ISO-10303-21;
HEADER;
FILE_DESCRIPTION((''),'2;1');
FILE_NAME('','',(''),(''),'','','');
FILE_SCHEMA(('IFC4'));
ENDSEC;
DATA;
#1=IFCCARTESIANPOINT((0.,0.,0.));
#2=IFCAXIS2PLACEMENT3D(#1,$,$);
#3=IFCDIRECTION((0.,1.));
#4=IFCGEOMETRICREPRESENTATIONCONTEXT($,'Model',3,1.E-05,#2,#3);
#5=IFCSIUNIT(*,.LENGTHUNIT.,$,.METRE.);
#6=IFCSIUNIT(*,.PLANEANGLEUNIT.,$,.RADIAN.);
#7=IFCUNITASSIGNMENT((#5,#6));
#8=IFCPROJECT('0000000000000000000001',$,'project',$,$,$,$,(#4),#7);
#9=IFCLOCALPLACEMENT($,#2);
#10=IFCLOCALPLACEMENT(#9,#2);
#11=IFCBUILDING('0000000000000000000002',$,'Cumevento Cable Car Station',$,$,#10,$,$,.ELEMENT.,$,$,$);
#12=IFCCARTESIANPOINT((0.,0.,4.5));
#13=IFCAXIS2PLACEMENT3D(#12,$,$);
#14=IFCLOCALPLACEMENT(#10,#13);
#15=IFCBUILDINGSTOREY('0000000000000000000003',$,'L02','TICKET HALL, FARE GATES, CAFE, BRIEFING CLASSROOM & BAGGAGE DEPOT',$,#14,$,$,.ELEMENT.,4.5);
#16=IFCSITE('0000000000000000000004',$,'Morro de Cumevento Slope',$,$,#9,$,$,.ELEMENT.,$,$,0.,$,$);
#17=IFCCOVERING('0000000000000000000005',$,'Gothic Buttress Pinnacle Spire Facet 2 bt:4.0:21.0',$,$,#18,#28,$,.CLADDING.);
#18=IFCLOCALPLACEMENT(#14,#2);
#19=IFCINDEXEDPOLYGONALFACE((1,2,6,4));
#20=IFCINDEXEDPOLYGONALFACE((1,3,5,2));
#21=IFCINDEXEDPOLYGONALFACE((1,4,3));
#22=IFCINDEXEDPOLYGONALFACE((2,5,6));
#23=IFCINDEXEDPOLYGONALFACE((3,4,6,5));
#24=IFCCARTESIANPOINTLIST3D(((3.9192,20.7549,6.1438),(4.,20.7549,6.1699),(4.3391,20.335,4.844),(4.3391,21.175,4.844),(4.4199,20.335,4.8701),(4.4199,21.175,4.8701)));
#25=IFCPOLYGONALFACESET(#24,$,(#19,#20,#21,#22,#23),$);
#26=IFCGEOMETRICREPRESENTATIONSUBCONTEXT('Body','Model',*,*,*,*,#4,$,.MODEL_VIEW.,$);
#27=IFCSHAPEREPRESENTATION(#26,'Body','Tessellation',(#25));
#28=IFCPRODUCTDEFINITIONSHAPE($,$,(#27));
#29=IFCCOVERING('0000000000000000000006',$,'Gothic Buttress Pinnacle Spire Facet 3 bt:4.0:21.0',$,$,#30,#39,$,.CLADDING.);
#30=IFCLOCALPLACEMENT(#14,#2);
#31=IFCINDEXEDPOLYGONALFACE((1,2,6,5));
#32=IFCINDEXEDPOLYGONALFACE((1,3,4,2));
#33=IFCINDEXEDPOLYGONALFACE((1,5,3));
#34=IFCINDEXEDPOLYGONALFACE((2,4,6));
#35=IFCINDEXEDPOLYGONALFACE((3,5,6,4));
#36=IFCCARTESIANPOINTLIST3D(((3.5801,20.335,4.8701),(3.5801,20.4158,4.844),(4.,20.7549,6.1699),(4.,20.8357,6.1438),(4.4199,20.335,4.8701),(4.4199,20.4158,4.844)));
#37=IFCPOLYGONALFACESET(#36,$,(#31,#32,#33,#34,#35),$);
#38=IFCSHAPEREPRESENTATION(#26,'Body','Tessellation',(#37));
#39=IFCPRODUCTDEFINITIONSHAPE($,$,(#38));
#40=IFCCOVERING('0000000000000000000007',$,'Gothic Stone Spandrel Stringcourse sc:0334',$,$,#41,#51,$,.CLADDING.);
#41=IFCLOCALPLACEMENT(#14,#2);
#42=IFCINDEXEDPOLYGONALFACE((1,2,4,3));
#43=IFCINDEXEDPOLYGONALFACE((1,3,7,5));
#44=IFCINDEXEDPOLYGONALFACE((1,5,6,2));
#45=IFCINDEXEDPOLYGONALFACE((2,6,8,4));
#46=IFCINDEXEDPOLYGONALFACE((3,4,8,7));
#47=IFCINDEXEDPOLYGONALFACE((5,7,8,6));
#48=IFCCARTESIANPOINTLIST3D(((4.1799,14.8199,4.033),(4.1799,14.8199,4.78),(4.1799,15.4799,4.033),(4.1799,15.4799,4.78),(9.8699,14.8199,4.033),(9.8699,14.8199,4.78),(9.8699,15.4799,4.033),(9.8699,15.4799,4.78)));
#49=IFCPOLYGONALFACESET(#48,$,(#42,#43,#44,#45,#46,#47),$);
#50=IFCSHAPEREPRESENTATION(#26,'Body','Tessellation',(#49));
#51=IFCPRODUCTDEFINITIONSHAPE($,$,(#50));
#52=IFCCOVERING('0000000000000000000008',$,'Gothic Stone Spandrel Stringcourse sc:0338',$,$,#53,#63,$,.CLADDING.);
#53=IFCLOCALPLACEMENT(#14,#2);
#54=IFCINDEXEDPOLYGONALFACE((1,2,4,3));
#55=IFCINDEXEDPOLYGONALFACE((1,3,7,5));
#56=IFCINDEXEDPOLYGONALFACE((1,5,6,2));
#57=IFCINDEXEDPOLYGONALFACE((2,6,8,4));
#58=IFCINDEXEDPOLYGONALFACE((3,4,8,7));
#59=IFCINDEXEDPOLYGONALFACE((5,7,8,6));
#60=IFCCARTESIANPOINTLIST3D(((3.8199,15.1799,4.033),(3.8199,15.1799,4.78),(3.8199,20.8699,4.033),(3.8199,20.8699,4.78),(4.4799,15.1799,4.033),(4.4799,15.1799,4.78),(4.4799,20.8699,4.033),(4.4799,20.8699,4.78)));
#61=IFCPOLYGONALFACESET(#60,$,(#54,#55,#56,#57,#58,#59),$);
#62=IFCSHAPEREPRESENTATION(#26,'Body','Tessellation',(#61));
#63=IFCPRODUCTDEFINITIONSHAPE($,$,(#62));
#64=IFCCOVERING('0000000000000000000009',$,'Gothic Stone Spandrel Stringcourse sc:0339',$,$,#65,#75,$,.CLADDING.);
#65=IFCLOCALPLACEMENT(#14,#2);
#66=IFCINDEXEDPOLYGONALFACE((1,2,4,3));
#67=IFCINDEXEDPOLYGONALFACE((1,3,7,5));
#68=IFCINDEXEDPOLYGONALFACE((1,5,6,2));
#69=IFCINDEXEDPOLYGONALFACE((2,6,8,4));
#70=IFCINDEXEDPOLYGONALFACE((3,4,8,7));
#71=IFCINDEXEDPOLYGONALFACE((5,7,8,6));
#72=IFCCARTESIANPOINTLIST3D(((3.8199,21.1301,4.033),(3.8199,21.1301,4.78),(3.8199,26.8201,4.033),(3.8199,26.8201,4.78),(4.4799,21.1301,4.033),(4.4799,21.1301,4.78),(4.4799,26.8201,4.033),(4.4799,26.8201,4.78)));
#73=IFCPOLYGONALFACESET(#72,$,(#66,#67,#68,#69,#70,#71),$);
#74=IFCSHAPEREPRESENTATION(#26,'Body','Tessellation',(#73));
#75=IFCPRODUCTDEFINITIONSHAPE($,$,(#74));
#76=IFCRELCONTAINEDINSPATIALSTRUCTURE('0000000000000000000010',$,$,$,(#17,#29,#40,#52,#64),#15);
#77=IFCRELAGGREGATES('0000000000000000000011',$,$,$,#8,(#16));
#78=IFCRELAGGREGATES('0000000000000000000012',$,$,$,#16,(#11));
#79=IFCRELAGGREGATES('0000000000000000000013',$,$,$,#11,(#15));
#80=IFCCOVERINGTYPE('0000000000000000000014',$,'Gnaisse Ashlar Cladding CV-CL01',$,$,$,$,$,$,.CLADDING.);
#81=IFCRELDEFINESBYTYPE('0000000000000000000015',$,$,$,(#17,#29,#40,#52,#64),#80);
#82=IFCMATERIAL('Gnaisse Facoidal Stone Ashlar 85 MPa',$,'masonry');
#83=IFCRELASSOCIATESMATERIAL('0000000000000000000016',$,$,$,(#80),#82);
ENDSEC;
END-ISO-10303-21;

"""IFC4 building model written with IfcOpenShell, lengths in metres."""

from ifc_helpers import new_model, si_unit, direction, frame, origin, origin_2d, place, context, subcontext, project, spatial, polyline, rectangle, outline, extrude, material, type_object, element, save


model = new_model("IFC4")

# Units and contexts
model_context = context("Model", 3, precision=1e-05, world=origin(), true_north=direction((0.0, 1.0)))
body_context = subcontext(model_context, "Body", "Model", "MODEL_VIEW")
ifc_project = project(units=[si_unit("LENGTHUNIT", "METRE"), si_unit("PLANEANGLEUNIT", "RADIAN")], contexts=[model_context])

# Site, building, storey
site_placement = place(None, origin())
site = spatial("IfcSite", under=ifc_project, at=site_placement, Name="Morro de Cumevento Slope", CompositionType="ELEMENT", RefElevation=0.0)
building_placement = place(site_placement, origin())
building = spatial("IfcBuilding", under=site, at=building_placement, Name="Cumevento Cable Car Station", CompositionType="ELEMENT")
storey_placement = place(building_placement, frame((0.0, 0.0, 4.5)))
storey = spatial("IfcBuildingStorey", under=building, at=storey_placement, Name="L02", Description="TICKET HALL, FARE GATES, CAFE, BRIEFING CLASSROOM & BAGGAGE DEPOT", CompositionType="ELEMENT", Elevation=4.5)

# Coverings
ifc_material_1 = material(Name="Gnaisse Facoidal Stone Ashlar 85 MPa", Category="masonry")
covering_type = type_object("IfcCoveringType", Name="Gnaisse Ashlar Cladding CV-CL01", PredefinedType="CLADDING", material=ifc_material_1)
for number, where, z_axis, x_axis, name in (
    (1, (4.4199, 21.175, 4.8701), (0.951574, 0.0, 0.307421), (0.0, -1.0, 0.0), "Gothic Buttress Pinnacle Spire Facet 2 bt:4.0:21.0"),
):
    element("IfcCovering", number, at=place(storey_placement, frame(where, z_axis=z_axis, x_axis=x_axis)), inside=storey, type_object=covering_type, Name=name, PredefinedType="CLADDING", context=body_context, shape_type="SweptSolid", body=[
        extrude(outline(polyline([(0.0, 0.0), (0.8401, 0.0), (0.4202, -1.366), (0.0, 0.0)])), origin(), (0.0, 0.0, -1.0), 0.085),
    ])
covering_placement = place(storey_placement, frame((4.4199, 20.335, 4.8701), z_axis=(0.0, -0.951574, 0.307421), x_axis=(-1.0, 0.0, 0.0)))
element("IfcCovering", 2, at=covering_placement, inside=storey, type_object=covering_type, Name="Gothic Buttress Pinnacle Spire Facet 3 bt:4.0:21.0", PredefinedType="CLADDING", context=body_context, shape_type="SweptSolid", body=[
    extrude(outline(polyline([(0.0, 0.0), (0.8398, 0.0), (0.4199, -1.366), (0.0, 0.0)])), origin(), (0.0, 0.0, -1.0), 0.085),
])
for number, where, z_axis, x_axis, name in (
    (3, (7.0249, 15.1499, 4.033), (0.0, 0.0, 1.0), (-1.0, 0.0, 0.0), "Gothic Stone Spandrel Stringcourse sc:0334"),
    (4, (4.1499, 18.0249, 4.033), (0.0, 0.0, 1.0), (0.0, 1.0, 0.0), "Gothic Stone Spandrel Stringcourse sc:0338"),
    (5, (4.1499, 23.9751, 4.033), (0.0, 0.0, 1.0), (0.0, 1.0, 0.0), "Gothic Stone Spandrel Stringcourse sc:0339"),
):
    element("IfcCovering", number, at=place(storey_placement, frame(where, z_axis=z_axis, x_axis=x_axis)), inside=storey, type_object=covering_type, Name=name, PredefinedType="CLADDING", context=body_context, shape_type="SweptSolid", body=[
        extrude(rectangle(XDim=5.6899, YDim=0.6599, at=origin_2d()), origin(), (0.0, 0.0, 1.0), 0.7471),
    ])

save(model, "model.ifc")
